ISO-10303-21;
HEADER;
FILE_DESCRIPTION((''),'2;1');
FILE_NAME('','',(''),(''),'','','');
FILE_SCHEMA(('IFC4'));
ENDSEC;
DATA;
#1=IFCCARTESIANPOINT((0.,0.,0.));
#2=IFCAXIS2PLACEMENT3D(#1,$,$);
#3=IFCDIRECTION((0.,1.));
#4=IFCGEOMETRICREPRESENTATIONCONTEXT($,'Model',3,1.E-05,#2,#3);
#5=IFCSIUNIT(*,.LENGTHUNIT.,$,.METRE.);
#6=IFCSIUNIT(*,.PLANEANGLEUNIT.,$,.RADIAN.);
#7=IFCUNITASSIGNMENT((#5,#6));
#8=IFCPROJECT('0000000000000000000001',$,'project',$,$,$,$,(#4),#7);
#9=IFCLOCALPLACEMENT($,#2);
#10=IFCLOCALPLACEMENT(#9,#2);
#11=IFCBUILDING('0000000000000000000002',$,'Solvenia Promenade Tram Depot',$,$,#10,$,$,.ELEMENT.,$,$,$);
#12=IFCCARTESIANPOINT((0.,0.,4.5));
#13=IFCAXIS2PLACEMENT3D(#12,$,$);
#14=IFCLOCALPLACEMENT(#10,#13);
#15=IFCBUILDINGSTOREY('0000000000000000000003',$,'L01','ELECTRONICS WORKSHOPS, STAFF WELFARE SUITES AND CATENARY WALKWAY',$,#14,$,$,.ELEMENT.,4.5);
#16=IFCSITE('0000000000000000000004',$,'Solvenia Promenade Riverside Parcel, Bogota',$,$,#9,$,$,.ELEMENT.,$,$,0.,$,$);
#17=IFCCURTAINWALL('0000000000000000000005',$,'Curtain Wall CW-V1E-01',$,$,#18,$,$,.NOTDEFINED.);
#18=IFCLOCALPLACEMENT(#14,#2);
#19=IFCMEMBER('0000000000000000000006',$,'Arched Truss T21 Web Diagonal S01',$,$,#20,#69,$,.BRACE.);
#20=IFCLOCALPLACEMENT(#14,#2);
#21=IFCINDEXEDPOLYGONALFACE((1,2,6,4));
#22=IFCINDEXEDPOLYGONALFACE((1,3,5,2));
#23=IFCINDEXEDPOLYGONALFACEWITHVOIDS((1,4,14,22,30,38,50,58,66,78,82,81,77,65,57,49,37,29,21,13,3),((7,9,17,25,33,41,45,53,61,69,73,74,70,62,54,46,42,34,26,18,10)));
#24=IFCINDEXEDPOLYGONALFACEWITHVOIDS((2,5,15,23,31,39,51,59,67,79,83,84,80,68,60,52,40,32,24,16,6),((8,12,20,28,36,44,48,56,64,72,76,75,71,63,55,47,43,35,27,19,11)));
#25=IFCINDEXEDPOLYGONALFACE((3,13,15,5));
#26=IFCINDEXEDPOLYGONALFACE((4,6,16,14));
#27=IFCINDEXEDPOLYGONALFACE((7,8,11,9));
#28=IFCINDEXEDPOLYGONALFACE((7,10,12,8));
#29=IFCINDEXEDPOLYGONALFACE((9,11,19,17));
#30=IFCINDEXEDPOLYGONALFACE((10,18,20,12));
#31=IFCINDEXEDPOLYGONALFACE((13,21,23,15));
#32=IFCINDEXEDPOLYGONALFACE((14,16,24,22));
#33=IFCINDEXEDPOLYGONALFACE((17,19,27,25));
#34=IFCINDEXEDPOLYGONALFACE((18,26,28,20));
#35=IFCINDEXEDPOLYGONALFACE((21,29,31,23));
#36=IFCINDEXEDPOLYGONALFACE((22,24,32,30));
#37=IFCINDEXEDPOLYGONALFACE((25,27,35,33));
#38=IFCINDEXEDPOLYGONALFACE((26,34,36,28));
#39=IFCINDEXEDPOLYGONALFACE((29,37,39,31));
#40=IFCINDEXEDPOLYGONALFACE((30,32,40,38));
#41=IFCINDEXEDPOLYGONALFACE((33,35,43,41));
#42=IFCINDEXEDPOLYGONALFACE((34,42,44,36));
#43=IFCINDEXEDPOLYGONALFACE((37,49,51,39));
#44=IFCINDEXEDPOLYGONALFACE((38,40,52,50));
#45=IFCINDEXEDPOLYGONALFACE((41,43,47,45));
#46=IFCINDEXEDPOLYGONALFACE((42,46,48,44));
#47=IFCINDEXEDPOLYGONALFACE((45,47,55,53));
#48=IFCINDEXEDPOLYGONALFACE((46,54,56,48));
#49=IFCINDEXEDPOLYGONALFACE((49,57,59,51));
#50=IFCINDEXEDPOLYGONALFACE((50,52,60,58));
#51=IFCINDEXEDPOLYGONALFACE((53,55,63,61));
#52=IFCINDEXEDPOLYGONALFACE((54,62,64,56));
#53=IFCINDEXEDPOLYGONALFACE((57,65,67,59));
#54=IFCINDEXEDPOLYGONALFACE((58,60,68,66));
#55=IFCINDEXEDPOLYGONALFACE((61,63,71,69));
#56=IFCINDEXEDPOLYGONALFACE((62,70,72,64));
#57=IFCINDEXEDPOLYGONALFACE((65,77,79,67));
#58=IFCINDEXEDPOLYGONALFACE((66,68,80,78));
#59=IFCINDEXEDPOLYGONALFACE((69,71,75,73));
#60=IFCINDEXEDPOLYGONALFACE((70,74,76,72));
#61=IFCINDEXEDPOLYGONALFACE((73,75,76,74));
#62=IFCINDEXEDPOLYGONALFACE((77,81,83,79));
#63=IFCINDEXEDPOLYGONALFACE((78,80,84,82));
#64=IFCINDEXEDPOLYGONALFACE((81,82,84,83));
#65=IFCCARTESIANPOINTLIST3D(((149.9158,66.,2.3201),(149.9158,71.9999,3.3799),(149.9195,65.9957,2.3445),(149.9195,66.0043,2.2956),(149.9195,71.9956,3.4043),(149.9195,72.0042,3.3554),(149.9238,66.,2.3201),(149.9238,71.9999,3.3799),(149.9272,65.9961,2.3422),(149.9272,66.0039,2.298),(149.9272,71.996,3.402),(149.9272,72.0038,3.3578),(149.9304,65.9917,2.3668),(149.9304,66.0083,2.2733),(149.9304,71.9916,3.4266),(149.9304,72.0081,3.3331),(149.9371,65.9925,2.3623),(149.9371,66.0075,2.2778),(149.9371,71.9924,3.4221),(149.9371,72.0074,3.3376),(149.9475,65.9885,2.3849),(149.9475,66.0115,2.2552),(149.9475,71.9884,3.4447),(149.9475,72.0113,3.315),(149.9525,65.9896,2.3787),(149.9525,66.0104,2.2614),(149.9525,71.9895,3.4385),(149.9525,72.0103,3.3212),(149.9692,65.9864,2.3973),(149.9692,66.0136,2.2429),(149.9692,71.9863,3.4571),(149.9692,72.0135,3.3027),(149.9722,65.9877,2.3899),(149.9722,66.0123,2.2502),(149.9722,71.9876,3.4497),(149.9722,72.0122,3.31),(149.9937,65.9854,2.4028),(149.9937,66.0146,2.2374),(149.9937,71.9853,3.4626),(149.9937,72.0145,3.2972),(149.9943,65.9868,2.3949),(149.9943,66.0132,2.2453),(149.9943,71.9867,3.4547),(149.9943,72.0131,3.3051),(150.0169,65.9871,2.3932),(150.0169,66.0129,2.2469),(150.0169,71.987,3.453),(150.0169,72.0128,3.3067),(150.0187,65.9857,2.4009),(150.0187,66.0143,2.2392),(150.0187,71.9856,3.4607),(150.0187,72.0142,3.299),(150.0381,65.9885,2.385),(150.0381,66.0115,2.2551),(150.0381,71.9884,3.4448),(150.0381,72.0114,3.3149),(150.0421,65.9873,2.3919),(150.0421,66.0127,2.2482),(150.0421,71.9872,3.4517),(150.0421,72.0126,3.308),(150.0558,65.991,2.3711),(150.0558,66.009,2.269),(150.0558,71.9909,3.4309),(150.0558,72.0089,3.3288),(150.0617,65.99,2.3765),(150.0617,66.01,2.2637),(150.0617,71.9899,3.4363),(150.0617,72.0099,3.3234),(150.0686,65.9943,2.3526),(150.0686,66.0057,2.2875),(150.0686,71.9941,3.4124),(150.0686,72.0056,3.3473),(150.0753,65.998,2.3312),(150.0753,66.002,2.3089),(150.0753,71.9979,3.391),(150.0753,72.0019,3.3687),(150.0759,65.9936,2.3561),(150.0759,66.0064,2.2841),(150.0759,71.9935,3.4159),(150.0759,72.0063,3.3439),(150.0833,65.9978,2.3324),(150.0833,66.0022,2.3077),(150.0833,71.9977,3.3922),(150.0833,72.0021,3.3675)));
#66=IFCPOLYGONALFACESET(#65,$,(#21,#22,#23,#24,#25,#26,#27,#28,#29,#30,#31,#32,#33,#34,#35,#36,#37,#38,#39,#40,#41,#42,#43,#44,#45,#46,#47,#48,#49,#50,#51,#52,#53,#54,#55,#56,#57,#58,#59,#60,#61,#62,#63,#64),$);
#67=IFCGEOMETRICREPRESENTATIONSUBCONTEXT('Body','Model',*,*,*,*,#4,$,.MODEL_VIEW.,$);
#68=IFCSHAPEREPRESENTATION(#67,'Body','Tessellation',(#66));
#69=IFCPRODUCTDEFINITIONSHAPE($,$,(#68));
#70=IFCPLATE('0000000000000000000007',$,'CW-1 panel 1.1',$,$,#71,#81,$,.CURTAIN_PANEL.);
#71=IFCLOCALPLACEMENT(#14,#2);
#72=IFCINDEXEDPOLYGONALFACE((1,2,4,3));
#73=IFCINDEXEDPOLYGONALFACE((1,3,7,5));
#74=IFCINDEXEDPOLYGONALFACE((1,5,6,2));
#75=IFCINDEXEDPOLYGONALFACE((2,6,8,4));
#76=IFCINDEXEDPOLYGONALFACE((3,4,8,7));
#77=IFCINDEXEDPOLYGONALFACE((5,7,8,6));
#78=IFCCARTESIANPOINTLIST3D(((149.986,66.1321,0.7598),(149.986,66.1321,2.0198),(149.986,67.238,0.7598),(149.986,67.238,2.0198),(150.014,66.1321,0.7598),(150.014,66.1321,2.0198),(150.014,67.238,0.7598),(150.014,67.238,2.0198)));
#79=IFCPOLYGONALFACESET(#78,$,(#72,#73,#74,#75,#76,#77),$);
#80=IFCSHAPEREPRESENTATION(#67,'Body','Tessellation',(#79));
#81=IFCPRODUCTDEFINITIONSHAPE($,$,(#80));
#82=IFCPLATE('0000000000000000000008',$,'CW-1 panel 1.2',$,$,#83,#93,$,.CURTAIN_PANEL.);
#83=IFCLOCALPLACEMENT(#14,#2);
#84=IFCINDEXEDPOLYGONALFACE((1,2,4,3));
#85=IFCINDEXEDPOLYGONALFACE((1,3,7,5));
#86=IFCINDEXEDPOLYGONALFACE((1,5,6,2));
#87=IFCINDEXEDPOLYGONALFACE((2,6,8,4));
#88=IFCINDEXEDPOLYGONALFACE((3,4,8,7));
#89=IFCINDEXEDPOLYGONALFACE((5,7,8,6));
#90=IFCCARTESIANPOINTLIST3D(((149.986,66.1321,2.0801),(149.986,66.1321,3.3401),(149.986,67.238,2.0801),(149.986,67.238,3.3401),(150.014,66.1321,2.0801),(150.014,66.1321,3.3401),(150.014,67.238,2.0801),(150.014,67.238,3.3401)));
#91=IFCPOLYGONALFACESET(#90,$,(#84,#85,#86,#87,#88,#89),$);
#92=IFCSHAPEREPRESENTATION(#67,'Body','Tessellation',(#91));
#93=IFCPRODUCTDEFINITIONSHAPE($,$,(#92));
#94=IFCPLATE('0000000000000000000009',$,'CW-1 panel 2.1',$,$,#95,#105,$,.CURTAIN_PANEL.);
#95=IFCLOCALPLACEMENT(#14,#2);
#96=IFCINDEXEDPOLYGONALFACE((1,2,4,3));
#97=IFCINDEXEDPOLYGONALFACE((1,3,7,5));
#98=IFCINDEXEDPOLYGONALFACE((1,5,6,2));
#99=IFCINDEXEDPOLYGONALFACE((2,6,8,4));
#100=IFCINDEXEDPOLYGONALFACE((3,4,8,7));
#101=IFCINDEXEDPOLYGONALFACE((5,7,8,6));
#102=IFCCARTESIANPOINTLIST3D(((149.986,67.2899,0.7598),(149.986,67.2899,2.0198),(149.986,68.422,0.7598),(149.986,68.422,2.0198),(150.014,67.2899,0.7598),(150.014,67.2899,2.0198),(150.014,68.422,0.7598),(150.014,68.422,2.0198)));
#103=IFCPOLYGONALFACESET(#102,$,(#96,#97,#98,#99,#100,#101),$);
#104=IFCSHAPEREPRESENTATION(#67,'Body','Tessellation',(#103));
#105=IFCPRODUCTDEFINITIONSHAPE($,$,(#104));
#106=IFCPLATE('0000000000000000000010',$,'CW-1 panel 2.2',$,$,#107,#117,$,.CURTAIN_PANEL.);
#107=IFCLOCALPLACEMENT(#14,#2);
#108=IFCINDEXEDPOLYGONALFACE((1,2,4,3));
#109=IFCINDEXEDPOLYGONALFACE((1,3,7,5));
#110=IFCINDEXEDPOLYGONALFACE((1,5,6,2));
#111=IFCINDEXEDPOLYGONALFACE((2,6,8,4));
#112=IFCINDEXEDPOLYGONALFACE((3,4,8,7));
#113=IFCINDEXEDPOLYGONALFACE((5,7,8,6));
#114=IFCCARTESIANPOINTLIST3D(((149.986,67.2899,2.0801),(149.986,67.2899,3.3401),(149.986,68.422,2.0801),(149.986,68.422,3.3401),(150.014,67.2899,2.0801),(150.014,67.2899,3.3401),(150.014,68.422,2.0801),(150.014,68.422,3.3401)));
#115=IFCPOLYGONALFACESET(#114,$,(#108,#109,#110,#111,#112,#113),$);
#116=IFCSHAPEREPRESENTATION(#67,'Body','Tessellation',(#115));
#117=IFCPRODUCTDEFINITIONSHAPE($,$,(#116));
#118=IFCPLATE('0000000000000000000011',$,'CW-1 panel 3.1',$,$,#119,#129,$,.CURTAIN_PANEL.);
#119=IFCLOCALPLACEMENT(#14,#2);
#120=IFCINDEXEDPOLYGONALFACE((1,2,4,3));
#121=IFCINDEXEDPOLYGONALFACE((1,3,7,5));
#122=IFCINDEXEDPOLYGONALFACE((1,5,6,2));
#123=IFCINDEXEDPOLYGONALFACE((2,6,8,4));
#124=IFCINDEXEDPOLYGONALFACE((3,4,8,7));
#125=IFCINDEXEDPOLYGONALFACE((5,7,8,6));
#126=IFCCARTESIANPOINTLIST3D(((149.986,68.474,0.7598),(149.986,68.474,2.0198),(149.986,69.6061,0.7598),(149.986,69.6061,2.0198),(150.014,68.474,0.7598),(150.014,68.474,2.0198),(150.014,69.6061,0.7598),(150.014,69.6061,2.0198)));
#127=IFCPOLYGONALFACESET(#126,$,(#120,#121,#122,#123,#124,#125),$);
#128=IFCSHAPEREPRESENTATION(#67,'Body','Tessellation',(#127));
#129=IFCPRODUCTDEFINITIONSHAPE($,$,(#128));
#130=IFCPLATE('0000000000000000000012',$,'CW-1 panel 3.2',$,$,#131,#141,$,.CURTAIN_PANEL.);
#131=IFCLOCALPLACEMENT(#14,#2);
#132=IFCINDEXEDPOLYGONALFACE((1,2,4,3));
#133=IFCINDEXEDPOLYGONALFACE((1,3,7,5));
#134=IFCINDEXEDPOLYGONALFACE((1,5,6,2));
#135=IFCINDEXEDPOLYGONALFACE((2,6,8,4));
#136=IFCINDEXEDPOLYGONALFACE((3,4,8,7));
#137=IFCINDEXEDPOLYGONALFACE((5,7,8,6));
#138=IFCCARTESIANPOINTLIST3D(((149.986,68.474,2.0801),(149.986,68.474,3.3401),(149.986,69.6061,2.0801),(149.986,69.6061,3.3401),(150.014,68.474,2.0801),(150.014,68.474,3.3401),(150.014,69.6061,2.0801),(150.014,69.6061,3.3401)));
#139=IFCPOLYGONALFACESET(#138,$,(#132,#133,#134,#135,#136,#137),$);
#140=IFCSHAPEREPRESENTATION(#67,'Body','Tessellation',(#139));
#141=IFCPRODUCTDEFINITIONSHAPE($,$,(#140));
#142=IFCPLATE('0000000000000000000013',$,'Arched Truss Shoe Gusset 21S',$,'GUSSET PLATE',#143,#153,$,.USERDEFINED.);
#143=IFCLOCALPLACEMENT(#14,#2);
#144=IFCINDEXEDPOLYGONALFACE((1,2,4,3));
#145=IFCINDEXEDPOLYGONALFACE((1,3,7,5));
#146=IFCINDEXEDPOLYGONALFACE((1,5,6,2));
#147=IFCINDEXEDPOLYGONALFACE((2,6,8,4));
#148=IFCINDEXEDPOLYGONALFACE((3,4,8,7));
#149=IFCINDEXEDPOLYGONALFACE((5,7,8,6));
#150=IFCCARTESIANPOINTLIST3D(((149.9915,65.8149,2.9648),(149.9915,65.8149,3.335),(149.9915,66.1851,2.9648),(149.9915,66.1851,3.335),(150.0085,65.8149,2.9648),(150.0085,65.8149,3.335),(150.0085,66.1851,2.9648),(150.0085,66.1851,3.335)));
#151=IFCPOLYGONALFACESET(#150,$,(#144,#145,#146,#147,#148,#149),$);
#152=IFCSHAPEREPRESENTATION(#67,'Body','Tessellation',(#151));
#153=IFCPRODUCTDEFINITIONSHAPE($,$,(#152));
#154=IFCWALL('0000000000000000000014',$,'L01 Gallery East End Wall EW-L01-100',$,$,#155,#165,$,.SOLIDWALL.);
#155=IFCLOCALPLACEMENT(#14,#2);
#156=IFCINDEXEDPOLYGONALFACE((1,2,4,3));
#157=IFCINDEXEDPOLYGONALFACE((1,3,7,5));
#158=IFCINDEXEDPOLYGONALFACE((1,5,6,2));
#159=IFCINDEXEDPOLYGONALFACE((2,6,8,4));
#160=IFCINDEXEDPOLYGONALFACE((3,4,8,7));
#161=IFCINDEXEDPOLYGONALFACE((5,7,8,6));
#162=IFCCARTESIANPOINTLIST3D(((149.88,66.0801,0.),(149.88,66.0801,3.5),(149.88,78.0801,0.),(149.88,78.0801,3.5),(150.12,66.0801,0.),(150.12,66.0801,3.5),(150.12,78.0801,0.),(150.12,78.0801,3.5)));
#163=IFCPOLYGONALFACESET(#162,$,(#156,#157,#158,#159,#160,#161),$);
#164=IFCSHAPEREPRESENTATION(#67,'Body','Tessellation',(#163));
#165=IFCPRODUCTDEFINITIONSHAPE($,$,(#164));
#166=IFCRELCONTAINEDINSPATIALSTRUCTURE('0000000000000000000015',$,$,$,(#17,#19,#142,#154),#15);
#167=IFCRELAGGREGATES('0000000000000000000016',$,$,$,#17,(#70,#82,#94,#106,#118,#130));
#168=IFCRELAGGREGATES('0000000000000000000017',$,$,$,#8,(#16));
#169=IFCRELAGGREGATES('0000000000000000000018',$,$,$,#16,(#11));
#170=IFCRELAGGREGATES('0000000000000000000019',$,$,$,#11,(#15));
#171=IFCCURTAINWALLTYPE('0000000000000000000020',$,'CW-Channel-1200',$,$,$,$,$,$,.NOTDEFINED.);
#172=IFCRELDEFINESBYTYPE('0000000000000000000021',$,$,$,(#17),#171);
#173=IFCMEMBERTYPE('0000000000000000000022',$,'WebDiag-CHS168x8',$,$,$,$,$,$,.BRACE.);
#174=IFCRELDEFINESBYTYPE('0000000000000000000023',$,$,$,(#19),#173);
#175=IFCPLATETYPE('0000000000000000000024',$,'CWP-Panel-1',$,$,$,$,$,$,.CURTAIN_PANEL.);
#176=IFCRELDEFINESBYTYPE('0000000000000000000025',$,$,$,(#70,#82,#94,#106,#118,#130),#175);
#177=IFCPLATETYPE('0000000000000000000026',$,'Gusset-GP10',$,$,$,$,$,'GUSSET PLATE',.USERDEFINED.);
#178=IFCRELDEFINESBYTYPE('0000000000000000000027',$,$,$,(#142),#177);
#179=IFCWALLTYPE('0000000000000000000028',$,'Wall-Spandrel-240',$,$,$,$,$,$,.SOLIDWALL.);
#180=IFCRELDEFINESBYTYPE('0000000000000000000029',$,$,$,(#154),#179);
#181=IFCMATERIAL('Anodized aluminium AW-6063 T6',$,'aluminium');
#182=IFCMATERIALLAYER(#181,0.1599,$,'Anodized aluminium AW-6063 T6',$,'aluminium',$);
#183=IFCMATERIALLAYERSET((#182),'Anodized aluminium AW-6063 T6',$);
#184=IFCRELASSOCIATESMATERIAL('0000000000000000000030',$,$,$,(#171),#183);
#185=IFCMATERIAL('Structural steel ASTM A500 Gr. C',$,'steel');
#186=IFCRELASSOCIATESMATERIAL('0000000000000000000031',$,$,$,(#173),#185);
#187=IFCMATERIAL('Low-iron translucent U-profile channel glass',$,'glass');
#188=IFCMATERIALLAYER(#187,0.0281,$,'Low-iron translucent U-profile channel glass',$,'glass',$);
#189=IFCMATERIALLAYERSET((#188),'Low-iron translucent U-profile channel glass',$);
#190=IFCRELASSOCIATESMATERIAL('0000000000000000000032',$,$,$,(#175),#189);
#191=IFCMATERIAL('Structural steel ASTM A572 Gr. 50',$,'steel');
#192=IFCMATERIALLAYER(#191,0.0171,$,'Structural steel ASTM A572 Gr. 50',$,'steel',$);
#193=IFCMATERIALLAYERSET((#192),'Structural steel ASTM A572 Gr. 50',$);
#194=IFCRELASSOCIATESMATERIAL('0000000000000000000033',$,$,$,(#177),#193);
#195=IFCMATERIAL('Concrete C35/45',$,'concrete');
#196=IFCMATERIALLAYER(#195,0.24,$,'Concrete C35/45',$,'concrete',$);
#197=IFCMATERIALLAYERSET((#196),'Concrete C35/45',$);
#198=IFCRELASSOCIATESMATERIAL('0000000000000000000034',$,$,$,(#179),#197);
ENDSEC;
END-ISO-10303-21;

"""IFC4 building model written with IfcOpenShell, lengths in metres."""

from ifc_helpers import new_model, si_unit, direction, frame, frame_2d, origin, origin_2d, place, context, subcontext, project, spatial, rectangle, hollow_circle, extrude, material, layer, layer_set, material_profile, profile_set, type_object, element, aggregate, save


model = new_model("IFC4")

# Units and contexts
model_context = context("Model", 3, precision=1e-05, world=origin(), true_north=direction((0.0, 1.0)))
body_context = subcontext(model_context, "Body", "Model", "MODEL_VIEW")
ifc_project = project(units=[si_unit("LENGTHUNIT", "METRE"), si_unit("PLANEANGLEUNIT", "RADIAN")], contexts=[model_context])

# Site, building, storey
site_placement = place(None, origin())
site = spatial("IfcSite", under=ifc_project, at=site_placement, Name="Solvenia Promenade Riverside Parcel, Bogota", CompositionType="ELEMENT", RefElevation=0.0)
building_placement = place(site_placement, origin())
building = spatial("IfcBuilding", under=site, at=building_placement, Name="Solvenia Promenade Tram Depot", CompositionType="ELEMENT")
storey_placement = place(building_placement, frame((0.0, 0.0, 4.5)))
storey = spatial("IfcBuildingStorey", under=building, at=storey_placement, Name="L01", Description="ELECTRONICS WORKSHOPS, STAFF WELFARE SUITES AND CATENARY WALKWAY", CompositionType="ELEMENT", Elevation=4.5)

# Curtain wall
ifc_material_1 = material(Name="Anodized aluminium AW-6063 T6", Category="aluminium")
ifc_layer_1 = layer(ifc_material_1, 0.1599, Name="Anodized aluminium AW-6063 T6", Category="aluminium")
ifc_layer_set_1 = layer_set([ifc_layer_1], Name="Anodized aluminium AW-6063 T6")
curtain_wall_type = type_object("IfcCurtainWallType", Name="CW-Channel-1200", PredefinedType="NOTDEFINED", material=ifc_layer_set_1)
curtain_wall_placement = place(storey_placement, origin())
curtain_wall = element("IfcCurtainWall", 1, at=curtain_wall_placement, inside=storey, type_object=curtain_wall_type, Name="Curtain Wall CW-V1E-01", PredefinedType="NOTDEFINED")

# Member
ifc_material_2 = material(Name="Structural steel ASTM A500 Gr. C", Category="steel")
ifc_material_profile_1 = material_profile(ifc_material_2, hollow_circle(Radius=0.0842, WallThickness=0.0081, at=origin_2d()), Name="CHS168.3x8", Category="steel")
ifc_profile_set_1 = profile_set([ifc_material_profile_1], Name="Structural steel ASTM A500 Gr. C")
member_type_1 = type_object("IfcMemberType", Name="WebDiag-CHS168x8", PredefinedType="BRACE", material=ifc_profile_set_1)
member_1_placement = place(storey_placement, frame((150.0, 66.0, 2.3201), z_axis=(0.0, 0.984756, 0.173943), x_axis=(-1.0, 0.0, 0.0)))
element("IfcMember", 2, at=member_1_placement, inside=storey, type_object=member_type_1, Name="Arched Truss T21 Web Diagonal S01", PredefinedType="BRACE", context=body_context, shape_type="SweptSolid", body=[
    extrude(hollow_circle(Radius=0.0842, WallThickness=0.0081, at=origin_2d()), origin(), (0.0, 0.0, 1.0), 6.0928),
])

# Plates
ifc_material_3 = material(Name="Low-iron translucent U-profile channel glass", Category="glass")
ifc_layer_2 = layer(ifc_material_3, 0.0281, Name="Low-iron translucent U-profile channel glass", Category="glass")
ifc_layer_set_2 = layer_set([ifc_layer_2], Name="Low-iron translucent U-profile channel glass")
plate_type_1 = type_object("IfcPlateType", Name="CWP-Panel-1", PredefinedType="CURTAIN_PANEL", material=ifc_layer_set_2)
plate_1_placement = place(storey_placement, frame((150.0, 66.6851, 0.7598), z_axis=(0.0, 0.0, 1.0), x_axis=(0.0, 1.0, 0.0)))
plate_1 = element("IfcPlate", 3, at=plate_1_placement, type_object=plate_type_1, Name="CW-1 panel 1.1", PredefinedType="CURTAIN_PANEL", context=body_context, shape_type="SweptSolid", body=[
    extrude(rectangle(XDim=1.106, YDim=0.0281, at=origin_2d()), origin(), (0.0, 0.0, 1.0), 1.26),
])
plate_2_placement = place(storey_placement, frame((150.0, 66.6851, 2.0801), z_axis=(0.0, 0.0, 1.0), x_axis=(0.0, 1.0, 0.0)))
plate_2 = element("IfcPlate", 4, at=plate_2_placement, type_object=plate_type_1, Name="CW-1 panel 1.2", PredefinedType="CURTAIN_PANEL", context=body_context, shape_type="SweptSolid", body=[
    extrude(rectangle(XDim=1.106, YDim=0.0281, at=origin_2d()), origin(), (0.0, 0.0, 1.0), 1.26),
])
plate_3_placement = place(storey_placement, frame((150.0, 67.856, 0.7598), z_axis=(0.0, 0.0, 1.0), x_axis=(0.0, 1.0, 0.0)))
plate_3 = element("IfcPlate", 5, at=plate_3_placement, type_object=plate_type_1, Name="CW-1 panel 2.1", PredefinedType="CURTAIN_PANEL", context=body_context, shape_type="SweptSolid", body=[
    extrude(rectangle(XDim=1.1321, YDim=0.0281, at=origin_2d()), origin(), (0.0, 0.0, 1.0), 1.26),
])
plate_4_placement = place(storey_placement, frame((150.0, 67.856, 2.0801), z_axis=(0.0, 0.0, 1.0), x_axis=(0.0, 1.0, 0.0)))
plate_4 = element("IfcPlate", 6, at=plate_4_placement, type_object=plate_type_1, Name="CW-1 panel 2.2", PredefinedType="CURTAIN_PANEL", context=body_context, shape_type="SweptSolid", body=[
    extrude(rectangle(XDim=1.1321, YDim=0.0281, at=origin_2d()), origin(), (0.0, 0.0, 1.0), 1.26),
])
plate_5_placement = place(storey_placement, frame((150.0, 69.04, 0.7598), z_axis=(0.0, 0.0, 1.0), x_axis=(0.0, 1.0, 0.0)))
plate_5 = element("IfcPlate", 7, at=plate_5_placement, type_object=plate_type_1, Name="CW-1 panel 3.1", PredefinedType="CURTAIN_PANEL", context=body_context, shape_type="SweptSolid", body=[
    extrude(rectangle(XDim=1.1321, YDim=0.0281, at=origin_2d()), origin(), (0.0, 0.0, 1.0), 1.26),
])
plate_6_placement = place(storey_placement, frame((150.0, 69.04, 2.0801), z_axis=(0.0, 0.0, 1.0), x_axis=(0.0, 1.0, 0.0)))
plate_6 = element("IfcPlate", 8, at=plate_6_placement, type_object=plate_type_1, Name="CW-1 panel 3.2", PredefinedType="CURTAIN_PANEL", context=body_context, shape_type="SweptSolid", body=[
    extrude(rectangle(XDim=1.1321, YDim=0.0281, at=origin_2d()), origin(), (0.0, 0.0, 1.0), 1.26),
])
aggregate(curtain_wall, [plate_1, plate_2, plate_3, plate_4, plate_5, plate_6])
ifc_material_4 = material(Name="Structural steel ASTM A572 Gr. 50", Category="steel")
ifc_layer_3 = layer(ifc_material_4, 0.0171, Name="Structural steel ASTM A572 Gr. 50", Category="steel")
ifc_layer_set_3 = layer_set([ifc_layer_3], Name="Structural steel ASTM A572 Gr. 50")
plate_type_2 = type_object("IfcPlateType", Name="Gusset-GP10", ElementType="GUSSET PLATE", PredefinedType="USERDEFINED", material=ifc_layer_set_3)
plate_7_placement = place(storey_placement, frame((150.0, 66.0, 2.9648), z_axis=(0.0, 0.0, 1.0), x_axis=(1.0, 0.0, 0.0)))
element("IfcPlate", 9, at=plate_7_placement, inside=storey, type_object=plate_type_2, Name="Arched Truss Shoe Gusset 21S", ObjectType="GUSSET PLATE", PredefinedType="USERDEFINED", context=body_context, shape_type="SweptSolid", body=[
    extrude(rectangle(XDim=0.0171, YDim=0.3701, at=origin_2d()), origin(), (0.0, 0.0, 1.0), 0.3701),
])

# Wall
ifc_material_5 = material(Name="Concrete C35/45", Category="concrete")
ifc_layer_4 = layer(ifc_material_5, 0.24, Name="Concrete C35/45", Category="concrete")
ifc_layer_set_4 = layer_set([ifc_layer_4], Name="Concrete C35/45")
wall_type = type_object("IfcWallType", Name="Wall-Spandrel-240", PredefinedType="SOLIDWALL", material=ifc_layer_set_4)
wall_placement = place(storey_placement, frame((150.0, 66.0801, 0.0), z_axis=(0.0, 0.0, 1.0), x_axis=(0.0, 1.0, 0.0)))
element("IfcWall", 10, at=wall_placement, inside=storey, type_object=wall_type, Name="L01 Gallery East End Wall EW-L01-100", PredefinedType="SOLIDWALL", context=body_context, shape_type="SweptSolid", body=[
    extrude(rectangle(XDim=12.0, YDim=0.24, at=frame_2d((6.0, 0.0))), origin(), (0.0, 0.0, 1.0), 3.5),
])

save(model, "model.ifc")
